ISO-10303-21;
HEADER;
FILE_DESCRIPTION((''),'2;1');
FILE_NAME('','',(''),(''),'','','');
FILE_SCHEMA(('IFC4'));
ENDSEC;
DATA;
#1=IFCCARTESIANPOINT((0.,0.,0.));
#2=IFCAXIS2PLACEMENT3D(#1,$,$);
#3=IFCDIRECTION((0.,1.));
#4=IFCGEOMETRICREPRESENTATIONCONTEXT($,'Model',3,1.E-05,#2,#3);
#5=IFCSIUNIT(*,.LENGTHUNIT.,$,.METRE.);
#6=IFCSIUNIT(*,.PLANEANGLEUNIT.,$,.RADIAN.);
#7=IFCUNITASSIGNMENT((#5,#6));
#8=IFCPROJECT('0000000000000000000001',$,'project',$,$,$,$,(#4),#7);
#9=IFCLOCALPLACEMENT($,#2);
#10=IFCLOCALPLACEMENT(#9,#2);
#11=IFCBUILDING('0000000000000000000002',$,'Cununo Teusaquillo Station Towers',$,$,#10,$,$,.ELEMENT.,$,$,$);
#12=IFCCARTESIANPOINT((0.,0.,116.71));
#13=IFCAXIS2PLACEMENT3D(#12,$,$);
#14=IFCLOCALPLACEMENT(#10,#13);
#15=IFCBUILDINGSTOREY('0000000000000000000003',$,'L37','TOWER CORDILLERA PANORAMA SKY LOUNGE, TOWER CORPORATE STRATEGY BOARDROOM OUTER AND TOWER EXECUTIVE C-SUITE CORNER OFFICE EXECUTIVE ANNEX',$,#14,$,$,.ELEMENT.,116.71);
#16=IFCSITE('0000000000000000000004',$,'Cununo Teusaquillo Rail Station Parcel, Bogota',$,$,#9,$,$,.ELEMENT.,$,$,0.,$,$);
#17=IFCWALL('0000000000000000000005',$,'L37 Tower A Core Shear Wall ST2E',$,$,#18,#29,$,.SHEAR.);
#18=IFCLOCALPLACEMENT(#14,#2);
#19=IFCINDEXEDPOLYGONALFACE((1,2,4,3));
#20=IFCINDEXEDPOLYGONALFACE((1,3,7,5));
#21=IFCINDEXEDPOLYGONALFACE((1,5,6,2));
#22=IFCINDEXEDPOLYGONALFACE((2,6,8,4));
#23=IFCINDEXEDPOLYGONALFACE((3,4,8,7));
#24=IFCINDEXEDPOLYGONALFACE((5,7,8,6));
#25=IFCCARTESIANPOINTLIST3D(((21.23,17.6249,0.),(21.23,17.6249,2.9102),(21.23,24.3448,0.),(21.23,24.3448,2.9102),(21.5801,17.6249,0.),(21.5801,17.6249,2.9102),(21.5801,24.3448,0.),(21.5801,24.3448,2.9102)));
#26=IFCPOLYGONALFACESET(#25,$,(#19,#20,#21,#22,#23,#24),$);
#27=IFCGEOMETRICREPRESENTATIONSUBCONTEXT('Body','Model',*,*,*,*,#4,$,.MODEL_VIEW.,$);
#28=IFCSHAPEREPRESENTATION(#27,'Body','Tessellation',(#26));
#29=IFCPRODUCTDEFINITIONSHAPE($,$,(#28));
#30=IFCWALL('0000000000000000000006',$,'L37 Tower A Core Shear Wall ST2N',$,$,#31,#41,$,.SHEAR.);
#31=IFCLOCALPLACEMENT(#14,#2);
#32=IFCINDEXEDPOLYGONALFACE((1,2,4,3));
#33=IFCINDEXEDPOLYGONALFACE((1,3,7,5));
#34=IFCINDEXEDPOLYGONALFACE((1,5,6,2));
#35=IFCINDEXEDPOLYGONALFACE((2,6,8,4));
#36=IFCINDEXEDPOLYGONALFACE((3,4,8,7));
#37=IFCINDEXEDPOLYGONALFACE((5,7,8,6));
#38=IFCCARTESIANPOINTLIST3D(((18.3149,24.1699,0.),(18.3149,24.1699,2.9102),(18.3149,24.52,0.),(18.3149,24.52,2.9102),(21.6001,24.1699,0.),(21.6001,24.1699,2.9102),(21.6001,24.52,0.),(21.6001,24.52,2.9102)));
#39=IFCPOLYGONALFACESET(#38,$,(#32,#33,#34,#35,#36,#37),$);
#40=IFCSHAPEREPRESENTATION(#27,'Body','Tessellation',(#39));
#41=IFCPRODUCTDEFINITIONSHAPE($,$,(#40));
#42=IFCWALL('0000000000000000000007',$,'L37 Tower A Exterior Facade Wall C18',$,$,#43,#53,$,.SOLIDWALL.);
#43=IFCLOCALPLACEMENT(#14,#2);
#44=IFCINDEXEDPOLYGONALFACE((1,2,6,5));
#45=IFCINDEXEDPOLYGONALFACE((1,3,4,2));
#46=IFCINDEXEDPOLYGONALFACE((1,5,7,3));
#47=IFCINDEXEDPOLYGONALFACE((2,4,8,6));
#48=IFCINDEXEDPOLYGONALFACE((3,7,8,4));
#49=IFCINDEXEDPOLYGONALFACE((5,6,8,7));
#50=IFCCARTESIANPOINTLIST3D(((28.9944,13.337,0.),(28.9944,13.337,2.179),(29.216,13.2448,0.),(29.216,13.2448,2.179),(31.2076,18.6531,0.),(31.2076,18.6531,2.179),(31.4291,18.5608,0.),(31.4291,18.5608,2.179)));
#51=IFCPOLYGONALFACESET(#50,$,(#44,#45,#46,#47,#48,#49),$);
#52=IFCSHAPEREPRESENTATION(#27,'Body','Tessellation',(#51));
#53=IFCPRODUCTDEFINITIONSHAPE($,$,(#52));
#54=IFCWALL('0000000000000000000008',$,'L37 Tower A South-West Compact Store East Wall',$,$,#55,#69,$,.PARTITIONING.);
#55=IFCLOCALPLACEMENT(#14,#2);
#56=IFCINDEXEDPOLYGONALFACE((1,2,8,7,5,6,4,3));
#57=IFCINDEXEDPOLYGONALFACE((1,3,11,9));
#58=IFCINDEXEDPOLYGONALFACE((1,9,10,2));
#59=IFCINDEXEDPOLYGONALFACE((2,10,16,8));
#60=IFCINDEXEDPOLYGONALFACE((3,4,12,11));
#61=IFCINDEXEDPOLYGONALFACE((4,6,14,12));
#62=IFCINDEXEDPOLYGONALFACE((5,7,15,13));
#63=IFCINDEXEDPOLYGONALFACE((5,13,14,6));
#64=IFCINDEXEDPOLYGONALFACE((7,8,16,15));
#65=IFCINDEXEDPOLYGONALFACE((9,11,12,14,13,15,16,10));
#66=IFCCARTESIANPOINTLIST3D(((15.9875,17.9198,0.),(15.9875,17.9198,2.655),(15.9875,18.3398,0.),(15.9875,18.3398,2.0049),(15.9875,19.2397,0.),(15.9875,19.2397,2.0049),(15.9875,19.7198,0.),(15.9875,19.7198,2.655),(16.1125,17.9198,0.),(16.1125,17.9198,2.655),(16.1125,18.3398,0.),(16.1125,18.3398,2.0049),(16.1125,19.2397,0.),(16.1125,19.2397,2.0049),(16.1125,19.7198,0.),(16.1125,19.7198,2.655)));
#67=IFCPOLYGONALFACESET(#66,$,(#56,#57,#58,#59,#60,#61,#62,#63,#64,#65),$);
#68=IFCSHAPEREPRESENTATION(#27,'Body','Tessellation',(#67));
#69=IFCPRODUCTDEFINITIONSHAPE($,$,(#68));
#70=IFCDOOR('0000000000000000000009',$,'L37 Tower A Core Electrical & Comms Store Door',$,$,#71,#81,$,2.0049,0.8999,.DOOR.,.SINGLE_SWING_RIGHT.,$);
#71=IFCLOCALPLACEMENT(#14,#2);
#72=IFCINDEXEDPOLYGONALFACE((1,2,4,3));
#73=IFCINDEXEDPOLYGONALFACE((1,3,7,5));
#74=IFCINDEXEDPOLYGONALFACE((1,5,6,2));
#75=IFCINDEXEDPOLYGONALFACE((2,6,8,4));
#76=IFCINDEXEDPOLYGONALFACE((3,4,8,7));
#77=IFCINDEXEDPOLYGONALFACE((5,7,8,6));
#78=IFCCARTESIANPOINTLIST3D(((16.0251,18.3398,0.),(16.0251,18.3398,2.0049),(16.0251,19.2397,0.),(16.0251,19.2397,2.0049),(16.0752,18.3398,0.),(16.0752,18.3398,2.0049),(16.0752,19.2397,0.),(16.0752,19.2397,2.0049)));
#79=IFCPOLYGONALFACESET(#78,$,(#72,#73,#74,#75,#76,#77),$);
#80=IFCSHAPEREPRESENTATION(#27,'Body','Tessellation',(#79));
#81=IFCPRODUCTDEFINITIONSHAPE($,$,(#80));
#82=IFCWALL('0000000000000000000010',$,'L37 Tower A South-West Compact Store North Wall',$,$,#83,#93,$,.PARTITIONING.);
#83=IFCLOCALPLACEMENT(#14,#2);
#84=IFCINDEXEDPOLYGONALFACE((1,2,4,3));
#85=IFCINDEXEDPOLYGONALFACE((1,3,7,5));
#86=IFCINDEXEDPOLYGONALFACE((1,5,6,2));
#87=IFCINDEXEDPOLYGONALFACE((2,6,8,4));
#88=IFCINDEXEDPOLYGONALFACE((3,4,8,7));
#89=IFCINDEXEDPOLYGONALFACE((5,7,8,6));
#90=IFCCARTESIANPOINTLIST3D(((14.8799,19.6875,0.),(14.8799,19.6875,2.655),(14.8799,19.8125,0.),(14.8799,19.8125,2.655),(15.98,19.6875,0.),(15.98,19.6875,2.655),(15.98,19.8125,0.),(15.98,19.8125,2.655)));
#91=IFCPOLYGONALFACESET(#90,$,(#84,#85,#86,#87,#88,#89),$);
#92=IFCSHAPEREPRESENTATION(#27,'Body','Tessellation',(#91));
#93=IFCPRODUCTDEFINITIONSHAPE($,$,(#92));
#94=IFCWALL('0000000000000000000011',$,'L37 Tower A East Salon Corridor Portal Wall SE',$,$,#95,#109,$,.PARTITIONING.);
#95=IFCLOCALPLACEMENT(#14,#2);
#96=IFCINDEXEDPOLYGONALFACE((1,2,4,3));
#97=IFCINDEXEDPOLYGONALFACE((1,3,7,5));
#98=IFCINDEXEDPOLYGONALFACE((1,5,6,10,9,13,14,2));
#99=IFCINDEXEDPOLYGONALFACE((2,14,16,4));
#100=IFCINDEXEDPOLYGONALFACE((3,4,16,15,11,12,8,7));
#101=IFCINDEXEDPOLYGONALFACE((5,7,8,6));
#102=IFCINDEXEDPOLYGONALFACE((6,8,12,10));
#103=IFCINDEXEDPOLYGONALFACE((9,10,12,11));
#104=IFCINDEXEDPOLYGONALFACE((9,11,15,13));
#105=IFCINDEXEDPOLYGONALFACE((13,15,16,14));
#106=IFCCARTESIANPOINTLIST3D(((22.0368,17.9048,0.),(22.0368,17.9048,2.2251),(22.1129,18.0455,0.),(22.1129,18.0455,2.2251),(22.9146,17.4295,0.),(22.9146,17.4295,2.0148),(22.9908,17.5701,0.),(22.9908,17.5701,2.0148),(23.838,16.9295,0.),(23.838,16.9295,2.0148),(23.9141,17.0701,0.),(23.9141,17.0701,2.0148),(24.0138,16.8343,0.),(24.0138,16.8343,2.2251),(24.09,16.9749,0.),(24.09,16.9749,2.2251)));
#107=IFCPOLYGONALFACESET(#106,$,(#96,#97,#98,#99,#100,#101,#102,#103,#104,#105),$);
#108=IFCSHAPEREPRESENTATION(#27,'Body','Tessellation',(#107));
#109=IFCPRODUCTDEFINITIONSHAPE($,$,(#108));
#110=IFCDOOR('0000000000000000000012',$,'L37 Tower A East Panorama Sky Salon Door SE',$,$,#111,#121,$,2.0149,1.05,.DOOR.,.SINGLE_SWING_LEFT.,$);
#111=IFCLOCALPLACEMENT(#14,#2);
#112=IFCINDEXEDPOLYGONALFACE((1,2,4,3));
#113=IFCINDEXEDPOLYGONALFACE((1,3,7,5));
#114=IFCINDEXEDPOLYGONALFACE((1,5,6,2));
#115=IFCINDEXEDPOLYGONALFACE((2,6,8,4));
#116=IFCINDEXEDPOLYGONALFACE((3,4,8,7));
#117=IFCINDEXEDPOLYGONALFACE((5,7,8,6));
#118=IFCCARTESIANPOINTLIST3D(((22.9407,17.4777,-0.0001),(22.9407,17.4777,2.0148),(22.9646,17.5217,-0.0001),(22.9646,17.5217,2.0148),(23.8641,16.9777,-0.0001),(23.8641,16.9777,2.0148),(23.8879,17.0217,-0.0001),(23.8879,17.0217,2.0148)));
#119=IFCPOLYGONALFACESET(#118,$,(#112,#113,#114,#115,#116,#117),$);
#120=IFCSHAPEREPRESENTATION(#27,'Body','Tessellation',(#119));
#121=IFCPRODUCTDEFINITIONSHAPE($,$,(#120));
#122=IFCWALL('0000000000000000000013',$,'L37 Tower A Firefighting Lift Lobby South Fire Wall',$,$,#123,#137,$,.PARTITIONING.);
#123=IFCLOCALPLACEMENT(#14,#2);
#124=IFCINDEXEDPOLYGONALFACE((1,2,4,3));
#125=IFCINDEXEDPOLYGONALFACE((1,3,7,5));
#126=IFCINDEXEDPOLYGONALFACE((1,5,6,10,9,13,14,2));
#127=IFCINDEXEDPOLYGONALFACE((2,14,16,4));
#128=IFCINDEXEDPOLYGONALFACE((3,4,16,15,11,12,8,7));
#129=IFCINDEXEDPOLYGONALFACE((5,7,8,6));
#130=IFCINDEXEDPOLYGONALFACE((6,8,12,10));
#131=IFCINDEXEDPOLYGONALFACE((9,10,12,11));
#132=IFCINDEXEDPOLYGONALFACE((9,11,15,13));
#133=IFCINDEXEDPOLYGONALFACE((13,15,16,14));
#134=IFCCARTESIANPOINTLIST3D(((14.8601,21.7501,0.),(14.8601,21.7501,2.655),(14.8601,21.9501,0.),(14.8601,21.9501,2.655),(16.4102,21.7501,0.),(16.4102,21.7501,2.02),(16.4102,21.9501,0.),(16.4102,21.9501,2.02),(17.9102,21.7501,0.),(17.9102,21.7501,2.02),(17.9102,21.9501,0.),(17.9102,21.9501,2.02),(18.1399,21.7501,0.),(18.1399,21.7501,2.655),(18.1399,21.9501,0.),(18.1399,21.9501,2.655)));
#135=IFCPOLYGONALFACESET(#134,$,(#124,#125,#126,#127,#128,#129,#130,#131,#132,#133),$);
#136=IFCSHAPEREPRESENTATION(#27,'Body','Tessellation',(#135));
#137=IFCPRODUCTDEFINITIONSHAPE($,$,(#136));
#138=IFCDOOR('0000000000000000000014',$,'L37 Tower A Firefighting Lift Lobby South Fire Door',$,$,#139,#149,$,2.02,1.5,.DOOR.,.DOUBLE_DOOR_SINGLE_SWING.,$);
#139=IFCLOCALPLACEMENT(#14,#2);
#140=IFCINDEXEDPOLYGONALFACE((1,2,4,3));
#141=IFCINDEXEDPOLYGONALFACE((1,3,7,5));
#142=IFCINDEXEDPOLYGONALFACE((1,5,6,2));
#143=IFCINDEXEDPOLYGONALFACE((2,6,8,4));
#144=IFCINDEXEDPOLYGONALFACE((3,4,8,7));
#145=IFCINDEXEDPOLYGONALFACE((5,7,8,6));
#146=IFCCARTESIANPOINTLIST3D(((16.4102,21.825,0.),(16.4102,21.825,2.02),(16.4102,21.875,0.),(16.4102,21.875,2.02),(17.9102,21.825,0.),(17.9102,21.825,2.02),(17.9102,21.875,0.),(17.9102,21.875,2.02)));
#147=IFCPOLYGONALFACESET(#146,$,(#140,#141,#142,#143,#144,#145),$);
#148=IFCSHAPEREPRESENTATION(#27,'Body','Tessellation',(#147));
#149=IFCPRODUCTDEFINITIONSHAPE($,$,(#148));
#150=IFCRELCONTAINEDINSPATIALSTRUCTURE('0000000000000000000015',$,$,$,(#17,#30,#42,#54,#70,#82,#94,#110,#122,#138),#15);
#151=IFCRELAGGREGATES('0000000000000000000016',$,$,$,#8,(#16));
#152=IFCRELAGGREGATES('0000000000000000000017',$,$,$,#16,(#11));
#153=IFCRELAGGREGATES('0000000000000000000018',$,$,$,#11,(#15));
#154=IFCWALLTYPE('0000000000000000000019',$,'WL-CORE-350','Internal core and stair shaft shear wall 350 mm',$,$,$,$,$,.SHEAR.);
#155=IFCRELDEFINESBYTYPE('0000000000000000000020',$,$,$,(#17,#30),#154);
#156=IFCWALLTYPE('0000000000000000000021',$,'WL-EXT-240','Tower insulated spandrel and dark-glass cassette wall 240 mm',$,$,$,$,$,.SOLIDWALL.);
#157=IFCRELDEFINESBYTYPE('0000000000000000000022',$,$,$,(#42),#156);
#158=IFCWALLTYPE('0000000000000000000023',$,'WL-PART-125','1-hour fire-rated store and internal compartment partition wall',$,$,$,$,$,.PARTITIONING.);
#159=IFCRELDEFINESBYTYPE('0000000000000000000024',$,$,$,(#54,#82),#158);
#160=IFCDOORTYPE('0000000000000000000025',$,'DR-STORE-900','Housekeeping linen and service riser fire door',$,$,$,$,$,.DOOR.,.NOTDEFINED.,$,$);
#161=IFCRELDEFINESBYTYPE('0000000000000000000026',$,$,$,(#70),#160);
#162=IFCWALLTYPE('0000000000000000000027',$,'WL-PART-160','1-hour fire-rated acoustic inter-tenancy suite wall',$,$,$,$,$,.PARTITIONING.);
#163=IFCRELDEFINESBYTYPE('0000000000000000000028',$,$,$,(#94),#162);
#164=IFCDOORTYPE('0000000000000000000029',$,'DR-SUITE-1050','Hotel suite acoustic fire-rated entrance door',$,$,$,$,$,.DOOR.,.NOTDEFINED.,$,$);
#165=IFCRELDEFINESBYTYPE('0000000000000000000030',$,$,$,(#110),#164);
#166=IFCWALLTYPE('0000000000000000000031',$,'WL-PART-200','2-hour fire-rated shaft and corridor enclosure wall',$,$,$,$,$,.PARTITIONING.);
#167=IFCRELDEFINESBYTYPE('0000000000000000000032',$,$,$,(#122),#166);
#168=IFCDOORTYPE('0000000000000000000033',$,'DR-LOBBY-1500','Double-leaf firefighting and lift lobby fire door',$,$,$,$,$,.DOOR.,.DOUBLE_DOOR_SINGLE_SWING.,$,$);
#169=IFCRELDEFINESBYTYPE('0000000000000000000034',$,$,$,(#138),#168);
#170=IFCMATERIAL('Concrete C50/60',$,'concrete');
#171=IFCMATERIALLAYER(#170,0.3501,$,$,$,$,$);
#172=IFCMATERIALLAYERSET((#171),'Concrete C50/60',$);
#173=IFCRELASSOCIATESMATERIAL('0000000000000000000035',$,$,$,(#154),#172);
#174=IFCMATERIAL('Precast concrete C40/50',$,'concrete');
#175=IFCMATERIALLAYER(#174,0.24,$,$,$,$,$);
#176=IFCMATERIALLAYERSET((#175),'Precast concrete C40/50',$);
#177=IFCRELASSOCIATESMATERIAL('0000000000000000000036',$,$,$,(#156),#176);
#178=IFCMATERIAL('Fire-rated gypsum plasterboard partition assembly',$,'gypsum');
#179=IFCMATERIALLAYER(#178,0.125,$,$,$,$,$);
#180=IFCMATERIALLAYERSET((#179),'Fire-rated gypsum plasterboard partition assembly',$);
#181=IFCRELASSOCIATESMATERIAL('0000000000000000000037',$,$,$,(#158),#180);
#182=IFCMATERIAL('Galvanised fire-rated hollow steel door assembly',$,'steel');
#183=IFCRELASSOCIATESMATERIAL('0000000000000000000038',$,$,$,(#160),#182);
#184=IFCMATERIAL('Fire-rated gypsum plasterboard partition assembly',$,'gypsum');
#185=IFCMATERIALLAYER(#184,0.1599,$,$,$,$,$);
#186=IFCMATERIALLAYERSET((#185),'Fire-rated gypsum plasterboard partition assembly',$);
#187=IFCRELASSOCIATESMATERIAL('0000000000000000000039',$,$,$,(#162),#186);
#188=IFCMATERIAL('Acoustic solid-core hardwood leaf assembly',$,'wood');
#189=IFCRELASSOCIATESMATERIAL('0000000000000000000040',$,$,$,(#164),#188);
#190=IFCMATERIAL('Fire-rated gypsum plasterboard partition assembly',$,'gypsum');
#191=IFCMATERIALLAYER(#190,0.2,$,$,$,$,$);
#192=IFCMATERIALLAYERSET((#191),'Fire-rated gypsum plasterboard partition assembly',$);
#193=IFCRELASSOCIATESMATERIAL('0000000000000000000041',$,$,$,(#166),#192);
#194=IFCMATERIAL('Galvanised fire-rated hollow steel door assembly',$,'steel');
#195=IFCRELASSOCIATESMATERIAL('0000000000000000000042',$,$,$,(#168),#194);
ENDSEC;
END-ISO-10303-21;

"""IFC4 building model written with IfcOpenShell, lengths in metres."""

from ifc_helpers import new_model, si_unit, direction, frame, frame_2d, origin, place, context, subcontext, project, spatial, rectangle, extrude, source, transform, mapped, material, layer, layer_set, type_object, element, fill, save


model = new_model("IFC4")

# Units and contexts
model_context = context("Model", 3, precision=1e-05, world=origin(), true_north=direction((0.0, 1.0)))
body_context = subcontext(model_context, "Body", "Model", "MODEL_VIEW")
ifc_project = project(units=[si_unit("LENGTHUNIT", "METRE"), si_unit("PLANEANGLEUNIT", "RADIAN")], contexts=[model_context])

# Site, building, storey
site_placement = place(None, origin())
site = spatial("IfcSite", under=ifc_project, at=site_placement, Name="Cununo Teusaquillo Rail Station Parcel, Bogota", CompositionType="ELEMENT", RefElevation=0.0)
building_placement = place(site_placement, origin())
building = spatial("IfcBuilding", under=site, at=building_placement, Name="Cununo Teusaquillo Station Towers", CompositionType="ELEMENT")
storey_placement = place(building_placement, frame((0.0, 0.0, 116.71)))
storey = spatial("IfcBuildingStorey", under=building, at=storey_placement, Name="L37", Description="TOWER CORDILLERA PANORAMA SKY LOUNGE, TOWER CORPORATE STRATEGY BOARDROOM OUTER AND TOWER EXECUTIVE C-SUITE CORNER OFFICE EXECUTIVE ANNEX", CompositionType="ELEMENT", Elevation=116.71)

# Shared definitions
ifc_material_1 = material(Name="Concrete C50/60", Category="concrete")
ifc_layer_1 = layer(ifc_material_1, 0.3501)
ifc_layer_set_1 = layer_set([ifc_layer_1], Name="Concrete C50/60")
wall_type_1 = type_object("IfcWallType", Name="WL-CORE-350", Description="Internal core and stair shaft shear wall 350 mm", PredefinedType="SHEAR", material=ifc_layer_set_1)

# Walls
wall_1_placement = place(storey_placement, frame((21.405, 17.625, 0.0), z_axis=(0.0, 0.0, 1.0), x_axis=(0.0, 1.0, 0.0)))
element("IfcWall", 1, at=wall_1_placement, inside=storey, type_object=wall_type_1, Name="L37 Tower A Core Shear Wall ST2E", PredefinedType="SHEAR", context=body_context, shape_type="SweptSolid", body=[
    extrude(rectangle(XDim=6.72, YDim=0.3501, at=frame_2d((3.3599, 0.0))), origin(), (0.0, 0.0, 1.0), 2.9102),
])
wall_2_placement = place(storey_placement, frame((18.3149, 24.345, 0.0), z_axis=(0.0, 0.0, 1.0), x_axis=(1.0, 0.0, 0.0)))
element("IfcWall", 2, at=wall_2_placement, inside=storey, type_object=wall_type_1, Name="L37 Tower A Core Shear Wall ST2N", PredefinedType="SHEAR", context=body_context, shape_type="SweptSolid", body=[
    extrude(rectangle(XDim=3.2852, YDim=0.3501, at=frame_2d((1.6426, 0.0))), origin(), (0.0, 0.0, 1.0), 2.9102),
])
ifc_material_2 = material(Name="Precast concrete C40/50", Category="concrete")
ifc_layer_2 = layer(ifc_material_2, 0.24)
ifc_layer_set_2 = layer_set([ifc_layer_2], Name="Precast concrete C40/50")
wall_type_2 = type_object("IfcWallType", Name="WL-EXT-240", Description="Tower insulated spandrel and dark-glass cassette wall 240 mm", PredefinedType="SOLIDWALL", material=ifc_layer_set_2)
wall_3_placement = place(storey_placement, frame((31.3184, 18.6069, 0.0), z_axis=(0.0, 0.0, 1.0), x_axis=(-0.384344, -0.92319, 0.0)))
element("IfcWall", 3, at=wall_3_placement, inside=storey, type_object=wall_type_2, Name="L37 Tower A Exterior Facade Wall C18", PredefinedType="SOLIDWALL", context=body_context, shape_type="SweptSolid", body=[
    extrude(rectangle(XDim=5.7583, YDim=0.24, at=frame_2d((2.8792, 0.0))), origin(), (0.0, 0.0, 1.0), 2.179),
])

# Wall, opening, door
ifc_material_3 = material(Name="Fire-rated gypsum plasterboard partition assembly", Category="gypsum")
ifc_layer_3 = layer(ifc_material_3, 0.125)
ifc_layer_set_3 = layer_set([ifc_layer_3], Name="Fire-rated gypsum plasterboard partition assembly")
wall_type_3 = type_object("IfcWallType", Name="WL-PART-125", Description="1-hour fire-rated store and internal compartment partition wall", PredefinedType="PARTITIONING", material=ifc_layer_set_3)
wall_4_placement = place(storey_placement, frame((16.05, 17.9199, 0.0), z_axis=(0.0, 0.0, 1.0), x_axis=(0.0, 1.0, 0.0)))
wall_4 = element("IfcWall", 4, at=wall_4_placement, inside=storey, type_object=wall_type_3, Name="L37 Tower A South-West Compact Store East Wall", PredefinedType="PARTITIONING", context=body_context, shape_type="SweptSolid", body=[
    extrude(rectangle(XDim=1.8, YDim=0.125, at=frame_2d((0.8999, 0.0))), origin(), (0.0, 0.0, 1.0), 2.655),
])
shared_shape_1 = source(origin(), body_context, "Body", "SweptSolid", [
    extrude(rectangle(XDim=0.8999, YDim=2.0049, at=frame_2d((0.45, 1.0024))), frame((0.0, 0.0725, 0.0), z_axis=(0.0, -1.0, 0.0), x_axis=(1.0, 0.0, 0.0)), (0.0, 0.0, 1.0), 0.145),
])
opening_1_placement = place(wall_4_placement, frame((0.4199, 0.0, 0.0)))
opening_1 = element("IfcOpeningElement", 5, at=opening_1_placement, cuts=wall_4, PredefinedType="OPENING", context=body_context, shape_type="MappedRepresentation", body=[
    mapped(shared_shape_1, transform((0.0, 0.0, 0.0), x_axis=(1.0, 0.0, 0.0), y_axis=(0.0, 1.0, 0.0), z_axis=(0.0, 0.0, 1.0), scale=1.0)),
])
ifc_material_4 = material(Name="Galvanised fire-rated hollow steel door assembly", Category="steel")
door_type_1 = type_object("IfcDoorType", Name="DR-STORE-900", Description="Housekeeping linen and service riser fire door", OperationType="NOTDEFINED", PredefinedType="DOOR", material=ifc_material_4)
shared_shape_2 = source(origin(), body_context, "Body", "SweptSolid", [
    extrude(rectangle(XDim=0.8999, YDim=2.0049, at=frame_2d((0.45, 1.0024))), frame((0.0, 0.0249, 0.0), z_axis=(0.0, -1.0, 0.0), x_axis=(1.0, 0.0, 0.0)), (0.0, 0.0, 1.0), 0.05),
])
door_1_placement = place(opening_1_placement, origin())
door_1 = element("IfcDoor", 6, at=door_1_placement, inside=storey, type_object=door_type_1, Name="L37 Tower A Core Electrical & Comms Store Door", OperationType="SINGLE_SWING_RIGHT", OverallHeight=2.0049, OverallWidth=0.8999, PredefinedType="DOOR", context=body_context, shape_type="MappedRepresentation", body=[
    mapped(shared_shape_2, transform((0.0, 0.0, 0.0), x_axis=(1.0, 0.0, 0.0), y_axis=(0.0, 1.0, 0.0), z_axis=(0.0, 0.0, 1.0), scale=1.0)),
])
fill(opening_1, door_1)

# Wall
wall_5_placement = place(storey_placement, frame((14.8799, 19.75, 0.0), z_axis=(0.0, 0.0, 1.0), x_axis=(1.0, 0.0, 0.0)))
element("IfcWall", 7, at=wall_5_placement, inside=storey, type_object=wall_type_3, Name="L37 Tower A South-West Compact Store North Wall", PredefinedType="PARTITIONING", context=body_context, shape_type="SweptSolid", body=[
    extrude(rectangle(XDim=1.1001, YDim=0.125, at=frame_2d((0.55, 0.0))), origin(), (0.0, 0.0, 1.0), 2.655),
])

# Walls, openings, doors
ifc_material_5 = material(Name="Fire-rated gypsum plasterboard partition assembly", Category="gypsum")
ifc_layer_4 = layer(ifc_material_5, 0.1599)
ifc_layer_set_4 = layer_set([ifc_layer_4], Name="Fire-rated gypsum plasterboard partition assembly")
wall_type_4 = type_object("IfcWallType", Name="WL-PART-160", Description="1-hour fire-rated acoustic inter-tenancy suite wall", PredefinedType="PARTITIONING", material=ifc_layer_set_4)
wall_6_placement = place(storey_placement, frame((22.075, 17.9751, 0.0), z_axis=(0.0, 0.0, 1.0), x_axis=(0.879356, -0.476164, 0.0)))
wall_6 = element("IfcWall", 8, at=wall_6_placement, inside=storey, type_object=wall_type_4, Name="L37 Tower A East Salon Corridor Portal Wall SE", PredefinedType="PARTITIONING", context=body_context, shape_type="SweptSolid", body=[
    extrude(rectangle(XDim=2.2483, YDim=0.1599, at=frame_2d((1.124, 0.0))), origin(), (0.0, 0.0, 1.0), 2.2251),
])
shared_shape_3 = source(origin(), body_context, "Body", "SweptSolid", [
    extrude(rectangle(XDim=1.05, YDim=2.0149, at=frame_2d((0.5249, 1.0073))), frame((0.0, 0.0898, 0.0), z_axis=(0.0, -1.0, 0.0), x_axis=(1.0, 0.0, 0.0)), (0.0, 0.0, 1.0), 0.1799),
])
opening_2_placement = place(wall_6_placement, frame((0.9983, 0.0, 0.0)))
opening_2 = element("IfcOpeningElement", 9, at=opening_2_placement, cuts=wall_6, PredefinedType="OPENING", context=body_context, shape_type="MappedRepresentation", body=[
    mapped(shared_shape_3, transform((0.0, 0.0, 0.0), x_axis=(1.0, 0.0, 0.0), y_axis=(0.0, 1.0, 0.0), z_axis=(0.0, 0.0, 1.0), scale=1.0)),
])
ifc_material_6 = material(Name="Acoustic solid-core hardwood leaf assembly", Category="wood")
door_type_2 = type_object("IfcDoorType", Name="DR-SUITE-1050", Description="Hotel suite acoustic fire-rated entrance door", OperationType="NOTDEFINED", PredefinedType="DOOR", material=ifc_material_6)
shared_shape_4 = source(origin(), body_context, "Body", "SweptSolid", [
    extrude(rectangle(XDim=1.05, YDim=2.0149, at=frame_2d((0.5249, 1.0073))), frame((0.0, 0.0249, 0.0), z_axis=(0.0, -1.0, 0.0), x_axis=(1.0, 0.0, 0.0)), (0.0, 0.0, 1.0), 0.05),
])
door_2_placement = place(opening_2_placement, origin())
door_2 = element("IfcDoor", 10, at=door_2_placement, inside=storey, type_object=door_type_2, Name="L37 Tower A East Panorama Sky Salon Door SE", OperationType="SINGLE_SWING_LEFT", OverallHeight=2.0149, OverallWidth=1.05, PredefinedType="DOOR", context=body_context, shape_type="MappedRepresentation", body=[
    mapped(shared_shape_4, transform((0.0, 0.0, 0.0), x_axis=(1.0, 0.0, 0.0), y_axis=(0.0, 1.0, 0.0), z_axis=(0.0, 0.0, 1.0), scale=1.0)),
])
fill(opening_2, door_2)
ifc_material_7 = material(Name="Fire-rated gypsum plasterboard partition assembly", Category="gypsum")
ifc_layer_5 = layer(ifc_material_7, 0.2)
ifc_layer_set_5 = layer_set([ifc_layer_5], Name="Fire-rated gypsum plasterboard partition assembly")
wall_type_5 = type_object("IfcWallType", Name="WL-PART-200", Description="2-hour fire-rated shaft and corridor enclosure wall", PredefinedType="PARTITIONING", material=ifc_layer_set_5)
wall_7_placement = place(storey_placement, frame((14.8601, 21.8501, 0.0), z_axis=(0.0, 0.0, 1.0), x_axis=(1.0, 0.0, 0.0)))
wall_7 = element("IfcWall", 11, at=wall_7_placement, inside=storey, type_object=wall_type_5, Name="L37 Tower A Firefighting Lift Lobby South Fire Wall", PredefinedType="PARTITIONING", context=body_context, shape_type="SweptSolid", body=[
    extrude(rectangle(XDim=3.2798, YDim=0.2, at=frame_2d((1.6399, 0.0))), origin(), (0.0, 0.0, 1.0), 2.655),
])
shared_shape_5 = source(origin(), body_context, "Body", "SweptSolid", [
    extrude(rectangle(XDim=1.5, YDim=2.02, at=frame_2d((0.75, 1.01))), frame((0.0, 0.1099, 0.0), z_axis=(0.0, -1.0, 0.0), x_axis=(1.0, 0.0, 0.0)), (0.0, 0.0, 1.0), 0.22),
])
opening_3_placement = place(wall_7_placement, frame((1.55, 0.0, 0.0)))
opening_3 = element("IfcOpeningElement", 12, at=opening_3_placement, cuts=wall_7, PredefinedType="OPENING", context=body_context, shape_type="MappedRepresentation", body=[
    mapped(shared_shape_5, transform((0.0, 0.0, 0.0), x_axis=(1.0, 0.0, 0.0), y_axis=(0.0, 1.0, 0.0), z_axis=(0.0, 0.0, 1.0), scale=1.0)),
])
ifc_material_8 = material(Name="Galvanised fire-rated hollow steel door assembly", Category="steel")
door_type_3 = type_object("IfcDoorType", Name="DR-LOBBY-1500", Description="Double-leaf firefighting and lift lobby fire door", OperationType="DOUBLE_DOOR_SINGLE_SWING", PredefinedType="DOOR", material=ifc_material_8)
shared_shape_6 = source(origin(), body_context, "Body", "SweptSolid", [
    extrude(rectangle(XDim=1.5, YDim=2.02, at=frame_2d((0.75, 1.01))), frame((0.0, 0.0249, 0.0), z_axis=(0.0, -1.0, 0.0), x_axis=(1.0, 0.0, 0.0)), (0.0, 0.0, 1.0), 0.05),
])
door_3_placement = place(opening_3_placement, origin())
door_3 = element("IfcDoor", 13, at=door_3_placement, inside=storey, type_object=door_type_3, Name="L37 Tower A Firefighting Lift Lobby South Fire Door", OperationType="DOUBLE_DOOR_SINGLE_SWING", OverallHeight=2.02, OverallWidth=1.5, PredefinedType="DOOR", context=body_context, shape_type="MappedRepresentation", body=[
    mapped(shared_shape_6, transform((0.0, 0.0, 0.0), x_axis=(1.0, 0.0, 0.0), y_axis=(0.0, 1.0, 0.0), z_axis=(0.0, 0.0, 1.0), scale=1.0)),
])
fill(opening_3, door_3)

save(model, "model.ifc")
